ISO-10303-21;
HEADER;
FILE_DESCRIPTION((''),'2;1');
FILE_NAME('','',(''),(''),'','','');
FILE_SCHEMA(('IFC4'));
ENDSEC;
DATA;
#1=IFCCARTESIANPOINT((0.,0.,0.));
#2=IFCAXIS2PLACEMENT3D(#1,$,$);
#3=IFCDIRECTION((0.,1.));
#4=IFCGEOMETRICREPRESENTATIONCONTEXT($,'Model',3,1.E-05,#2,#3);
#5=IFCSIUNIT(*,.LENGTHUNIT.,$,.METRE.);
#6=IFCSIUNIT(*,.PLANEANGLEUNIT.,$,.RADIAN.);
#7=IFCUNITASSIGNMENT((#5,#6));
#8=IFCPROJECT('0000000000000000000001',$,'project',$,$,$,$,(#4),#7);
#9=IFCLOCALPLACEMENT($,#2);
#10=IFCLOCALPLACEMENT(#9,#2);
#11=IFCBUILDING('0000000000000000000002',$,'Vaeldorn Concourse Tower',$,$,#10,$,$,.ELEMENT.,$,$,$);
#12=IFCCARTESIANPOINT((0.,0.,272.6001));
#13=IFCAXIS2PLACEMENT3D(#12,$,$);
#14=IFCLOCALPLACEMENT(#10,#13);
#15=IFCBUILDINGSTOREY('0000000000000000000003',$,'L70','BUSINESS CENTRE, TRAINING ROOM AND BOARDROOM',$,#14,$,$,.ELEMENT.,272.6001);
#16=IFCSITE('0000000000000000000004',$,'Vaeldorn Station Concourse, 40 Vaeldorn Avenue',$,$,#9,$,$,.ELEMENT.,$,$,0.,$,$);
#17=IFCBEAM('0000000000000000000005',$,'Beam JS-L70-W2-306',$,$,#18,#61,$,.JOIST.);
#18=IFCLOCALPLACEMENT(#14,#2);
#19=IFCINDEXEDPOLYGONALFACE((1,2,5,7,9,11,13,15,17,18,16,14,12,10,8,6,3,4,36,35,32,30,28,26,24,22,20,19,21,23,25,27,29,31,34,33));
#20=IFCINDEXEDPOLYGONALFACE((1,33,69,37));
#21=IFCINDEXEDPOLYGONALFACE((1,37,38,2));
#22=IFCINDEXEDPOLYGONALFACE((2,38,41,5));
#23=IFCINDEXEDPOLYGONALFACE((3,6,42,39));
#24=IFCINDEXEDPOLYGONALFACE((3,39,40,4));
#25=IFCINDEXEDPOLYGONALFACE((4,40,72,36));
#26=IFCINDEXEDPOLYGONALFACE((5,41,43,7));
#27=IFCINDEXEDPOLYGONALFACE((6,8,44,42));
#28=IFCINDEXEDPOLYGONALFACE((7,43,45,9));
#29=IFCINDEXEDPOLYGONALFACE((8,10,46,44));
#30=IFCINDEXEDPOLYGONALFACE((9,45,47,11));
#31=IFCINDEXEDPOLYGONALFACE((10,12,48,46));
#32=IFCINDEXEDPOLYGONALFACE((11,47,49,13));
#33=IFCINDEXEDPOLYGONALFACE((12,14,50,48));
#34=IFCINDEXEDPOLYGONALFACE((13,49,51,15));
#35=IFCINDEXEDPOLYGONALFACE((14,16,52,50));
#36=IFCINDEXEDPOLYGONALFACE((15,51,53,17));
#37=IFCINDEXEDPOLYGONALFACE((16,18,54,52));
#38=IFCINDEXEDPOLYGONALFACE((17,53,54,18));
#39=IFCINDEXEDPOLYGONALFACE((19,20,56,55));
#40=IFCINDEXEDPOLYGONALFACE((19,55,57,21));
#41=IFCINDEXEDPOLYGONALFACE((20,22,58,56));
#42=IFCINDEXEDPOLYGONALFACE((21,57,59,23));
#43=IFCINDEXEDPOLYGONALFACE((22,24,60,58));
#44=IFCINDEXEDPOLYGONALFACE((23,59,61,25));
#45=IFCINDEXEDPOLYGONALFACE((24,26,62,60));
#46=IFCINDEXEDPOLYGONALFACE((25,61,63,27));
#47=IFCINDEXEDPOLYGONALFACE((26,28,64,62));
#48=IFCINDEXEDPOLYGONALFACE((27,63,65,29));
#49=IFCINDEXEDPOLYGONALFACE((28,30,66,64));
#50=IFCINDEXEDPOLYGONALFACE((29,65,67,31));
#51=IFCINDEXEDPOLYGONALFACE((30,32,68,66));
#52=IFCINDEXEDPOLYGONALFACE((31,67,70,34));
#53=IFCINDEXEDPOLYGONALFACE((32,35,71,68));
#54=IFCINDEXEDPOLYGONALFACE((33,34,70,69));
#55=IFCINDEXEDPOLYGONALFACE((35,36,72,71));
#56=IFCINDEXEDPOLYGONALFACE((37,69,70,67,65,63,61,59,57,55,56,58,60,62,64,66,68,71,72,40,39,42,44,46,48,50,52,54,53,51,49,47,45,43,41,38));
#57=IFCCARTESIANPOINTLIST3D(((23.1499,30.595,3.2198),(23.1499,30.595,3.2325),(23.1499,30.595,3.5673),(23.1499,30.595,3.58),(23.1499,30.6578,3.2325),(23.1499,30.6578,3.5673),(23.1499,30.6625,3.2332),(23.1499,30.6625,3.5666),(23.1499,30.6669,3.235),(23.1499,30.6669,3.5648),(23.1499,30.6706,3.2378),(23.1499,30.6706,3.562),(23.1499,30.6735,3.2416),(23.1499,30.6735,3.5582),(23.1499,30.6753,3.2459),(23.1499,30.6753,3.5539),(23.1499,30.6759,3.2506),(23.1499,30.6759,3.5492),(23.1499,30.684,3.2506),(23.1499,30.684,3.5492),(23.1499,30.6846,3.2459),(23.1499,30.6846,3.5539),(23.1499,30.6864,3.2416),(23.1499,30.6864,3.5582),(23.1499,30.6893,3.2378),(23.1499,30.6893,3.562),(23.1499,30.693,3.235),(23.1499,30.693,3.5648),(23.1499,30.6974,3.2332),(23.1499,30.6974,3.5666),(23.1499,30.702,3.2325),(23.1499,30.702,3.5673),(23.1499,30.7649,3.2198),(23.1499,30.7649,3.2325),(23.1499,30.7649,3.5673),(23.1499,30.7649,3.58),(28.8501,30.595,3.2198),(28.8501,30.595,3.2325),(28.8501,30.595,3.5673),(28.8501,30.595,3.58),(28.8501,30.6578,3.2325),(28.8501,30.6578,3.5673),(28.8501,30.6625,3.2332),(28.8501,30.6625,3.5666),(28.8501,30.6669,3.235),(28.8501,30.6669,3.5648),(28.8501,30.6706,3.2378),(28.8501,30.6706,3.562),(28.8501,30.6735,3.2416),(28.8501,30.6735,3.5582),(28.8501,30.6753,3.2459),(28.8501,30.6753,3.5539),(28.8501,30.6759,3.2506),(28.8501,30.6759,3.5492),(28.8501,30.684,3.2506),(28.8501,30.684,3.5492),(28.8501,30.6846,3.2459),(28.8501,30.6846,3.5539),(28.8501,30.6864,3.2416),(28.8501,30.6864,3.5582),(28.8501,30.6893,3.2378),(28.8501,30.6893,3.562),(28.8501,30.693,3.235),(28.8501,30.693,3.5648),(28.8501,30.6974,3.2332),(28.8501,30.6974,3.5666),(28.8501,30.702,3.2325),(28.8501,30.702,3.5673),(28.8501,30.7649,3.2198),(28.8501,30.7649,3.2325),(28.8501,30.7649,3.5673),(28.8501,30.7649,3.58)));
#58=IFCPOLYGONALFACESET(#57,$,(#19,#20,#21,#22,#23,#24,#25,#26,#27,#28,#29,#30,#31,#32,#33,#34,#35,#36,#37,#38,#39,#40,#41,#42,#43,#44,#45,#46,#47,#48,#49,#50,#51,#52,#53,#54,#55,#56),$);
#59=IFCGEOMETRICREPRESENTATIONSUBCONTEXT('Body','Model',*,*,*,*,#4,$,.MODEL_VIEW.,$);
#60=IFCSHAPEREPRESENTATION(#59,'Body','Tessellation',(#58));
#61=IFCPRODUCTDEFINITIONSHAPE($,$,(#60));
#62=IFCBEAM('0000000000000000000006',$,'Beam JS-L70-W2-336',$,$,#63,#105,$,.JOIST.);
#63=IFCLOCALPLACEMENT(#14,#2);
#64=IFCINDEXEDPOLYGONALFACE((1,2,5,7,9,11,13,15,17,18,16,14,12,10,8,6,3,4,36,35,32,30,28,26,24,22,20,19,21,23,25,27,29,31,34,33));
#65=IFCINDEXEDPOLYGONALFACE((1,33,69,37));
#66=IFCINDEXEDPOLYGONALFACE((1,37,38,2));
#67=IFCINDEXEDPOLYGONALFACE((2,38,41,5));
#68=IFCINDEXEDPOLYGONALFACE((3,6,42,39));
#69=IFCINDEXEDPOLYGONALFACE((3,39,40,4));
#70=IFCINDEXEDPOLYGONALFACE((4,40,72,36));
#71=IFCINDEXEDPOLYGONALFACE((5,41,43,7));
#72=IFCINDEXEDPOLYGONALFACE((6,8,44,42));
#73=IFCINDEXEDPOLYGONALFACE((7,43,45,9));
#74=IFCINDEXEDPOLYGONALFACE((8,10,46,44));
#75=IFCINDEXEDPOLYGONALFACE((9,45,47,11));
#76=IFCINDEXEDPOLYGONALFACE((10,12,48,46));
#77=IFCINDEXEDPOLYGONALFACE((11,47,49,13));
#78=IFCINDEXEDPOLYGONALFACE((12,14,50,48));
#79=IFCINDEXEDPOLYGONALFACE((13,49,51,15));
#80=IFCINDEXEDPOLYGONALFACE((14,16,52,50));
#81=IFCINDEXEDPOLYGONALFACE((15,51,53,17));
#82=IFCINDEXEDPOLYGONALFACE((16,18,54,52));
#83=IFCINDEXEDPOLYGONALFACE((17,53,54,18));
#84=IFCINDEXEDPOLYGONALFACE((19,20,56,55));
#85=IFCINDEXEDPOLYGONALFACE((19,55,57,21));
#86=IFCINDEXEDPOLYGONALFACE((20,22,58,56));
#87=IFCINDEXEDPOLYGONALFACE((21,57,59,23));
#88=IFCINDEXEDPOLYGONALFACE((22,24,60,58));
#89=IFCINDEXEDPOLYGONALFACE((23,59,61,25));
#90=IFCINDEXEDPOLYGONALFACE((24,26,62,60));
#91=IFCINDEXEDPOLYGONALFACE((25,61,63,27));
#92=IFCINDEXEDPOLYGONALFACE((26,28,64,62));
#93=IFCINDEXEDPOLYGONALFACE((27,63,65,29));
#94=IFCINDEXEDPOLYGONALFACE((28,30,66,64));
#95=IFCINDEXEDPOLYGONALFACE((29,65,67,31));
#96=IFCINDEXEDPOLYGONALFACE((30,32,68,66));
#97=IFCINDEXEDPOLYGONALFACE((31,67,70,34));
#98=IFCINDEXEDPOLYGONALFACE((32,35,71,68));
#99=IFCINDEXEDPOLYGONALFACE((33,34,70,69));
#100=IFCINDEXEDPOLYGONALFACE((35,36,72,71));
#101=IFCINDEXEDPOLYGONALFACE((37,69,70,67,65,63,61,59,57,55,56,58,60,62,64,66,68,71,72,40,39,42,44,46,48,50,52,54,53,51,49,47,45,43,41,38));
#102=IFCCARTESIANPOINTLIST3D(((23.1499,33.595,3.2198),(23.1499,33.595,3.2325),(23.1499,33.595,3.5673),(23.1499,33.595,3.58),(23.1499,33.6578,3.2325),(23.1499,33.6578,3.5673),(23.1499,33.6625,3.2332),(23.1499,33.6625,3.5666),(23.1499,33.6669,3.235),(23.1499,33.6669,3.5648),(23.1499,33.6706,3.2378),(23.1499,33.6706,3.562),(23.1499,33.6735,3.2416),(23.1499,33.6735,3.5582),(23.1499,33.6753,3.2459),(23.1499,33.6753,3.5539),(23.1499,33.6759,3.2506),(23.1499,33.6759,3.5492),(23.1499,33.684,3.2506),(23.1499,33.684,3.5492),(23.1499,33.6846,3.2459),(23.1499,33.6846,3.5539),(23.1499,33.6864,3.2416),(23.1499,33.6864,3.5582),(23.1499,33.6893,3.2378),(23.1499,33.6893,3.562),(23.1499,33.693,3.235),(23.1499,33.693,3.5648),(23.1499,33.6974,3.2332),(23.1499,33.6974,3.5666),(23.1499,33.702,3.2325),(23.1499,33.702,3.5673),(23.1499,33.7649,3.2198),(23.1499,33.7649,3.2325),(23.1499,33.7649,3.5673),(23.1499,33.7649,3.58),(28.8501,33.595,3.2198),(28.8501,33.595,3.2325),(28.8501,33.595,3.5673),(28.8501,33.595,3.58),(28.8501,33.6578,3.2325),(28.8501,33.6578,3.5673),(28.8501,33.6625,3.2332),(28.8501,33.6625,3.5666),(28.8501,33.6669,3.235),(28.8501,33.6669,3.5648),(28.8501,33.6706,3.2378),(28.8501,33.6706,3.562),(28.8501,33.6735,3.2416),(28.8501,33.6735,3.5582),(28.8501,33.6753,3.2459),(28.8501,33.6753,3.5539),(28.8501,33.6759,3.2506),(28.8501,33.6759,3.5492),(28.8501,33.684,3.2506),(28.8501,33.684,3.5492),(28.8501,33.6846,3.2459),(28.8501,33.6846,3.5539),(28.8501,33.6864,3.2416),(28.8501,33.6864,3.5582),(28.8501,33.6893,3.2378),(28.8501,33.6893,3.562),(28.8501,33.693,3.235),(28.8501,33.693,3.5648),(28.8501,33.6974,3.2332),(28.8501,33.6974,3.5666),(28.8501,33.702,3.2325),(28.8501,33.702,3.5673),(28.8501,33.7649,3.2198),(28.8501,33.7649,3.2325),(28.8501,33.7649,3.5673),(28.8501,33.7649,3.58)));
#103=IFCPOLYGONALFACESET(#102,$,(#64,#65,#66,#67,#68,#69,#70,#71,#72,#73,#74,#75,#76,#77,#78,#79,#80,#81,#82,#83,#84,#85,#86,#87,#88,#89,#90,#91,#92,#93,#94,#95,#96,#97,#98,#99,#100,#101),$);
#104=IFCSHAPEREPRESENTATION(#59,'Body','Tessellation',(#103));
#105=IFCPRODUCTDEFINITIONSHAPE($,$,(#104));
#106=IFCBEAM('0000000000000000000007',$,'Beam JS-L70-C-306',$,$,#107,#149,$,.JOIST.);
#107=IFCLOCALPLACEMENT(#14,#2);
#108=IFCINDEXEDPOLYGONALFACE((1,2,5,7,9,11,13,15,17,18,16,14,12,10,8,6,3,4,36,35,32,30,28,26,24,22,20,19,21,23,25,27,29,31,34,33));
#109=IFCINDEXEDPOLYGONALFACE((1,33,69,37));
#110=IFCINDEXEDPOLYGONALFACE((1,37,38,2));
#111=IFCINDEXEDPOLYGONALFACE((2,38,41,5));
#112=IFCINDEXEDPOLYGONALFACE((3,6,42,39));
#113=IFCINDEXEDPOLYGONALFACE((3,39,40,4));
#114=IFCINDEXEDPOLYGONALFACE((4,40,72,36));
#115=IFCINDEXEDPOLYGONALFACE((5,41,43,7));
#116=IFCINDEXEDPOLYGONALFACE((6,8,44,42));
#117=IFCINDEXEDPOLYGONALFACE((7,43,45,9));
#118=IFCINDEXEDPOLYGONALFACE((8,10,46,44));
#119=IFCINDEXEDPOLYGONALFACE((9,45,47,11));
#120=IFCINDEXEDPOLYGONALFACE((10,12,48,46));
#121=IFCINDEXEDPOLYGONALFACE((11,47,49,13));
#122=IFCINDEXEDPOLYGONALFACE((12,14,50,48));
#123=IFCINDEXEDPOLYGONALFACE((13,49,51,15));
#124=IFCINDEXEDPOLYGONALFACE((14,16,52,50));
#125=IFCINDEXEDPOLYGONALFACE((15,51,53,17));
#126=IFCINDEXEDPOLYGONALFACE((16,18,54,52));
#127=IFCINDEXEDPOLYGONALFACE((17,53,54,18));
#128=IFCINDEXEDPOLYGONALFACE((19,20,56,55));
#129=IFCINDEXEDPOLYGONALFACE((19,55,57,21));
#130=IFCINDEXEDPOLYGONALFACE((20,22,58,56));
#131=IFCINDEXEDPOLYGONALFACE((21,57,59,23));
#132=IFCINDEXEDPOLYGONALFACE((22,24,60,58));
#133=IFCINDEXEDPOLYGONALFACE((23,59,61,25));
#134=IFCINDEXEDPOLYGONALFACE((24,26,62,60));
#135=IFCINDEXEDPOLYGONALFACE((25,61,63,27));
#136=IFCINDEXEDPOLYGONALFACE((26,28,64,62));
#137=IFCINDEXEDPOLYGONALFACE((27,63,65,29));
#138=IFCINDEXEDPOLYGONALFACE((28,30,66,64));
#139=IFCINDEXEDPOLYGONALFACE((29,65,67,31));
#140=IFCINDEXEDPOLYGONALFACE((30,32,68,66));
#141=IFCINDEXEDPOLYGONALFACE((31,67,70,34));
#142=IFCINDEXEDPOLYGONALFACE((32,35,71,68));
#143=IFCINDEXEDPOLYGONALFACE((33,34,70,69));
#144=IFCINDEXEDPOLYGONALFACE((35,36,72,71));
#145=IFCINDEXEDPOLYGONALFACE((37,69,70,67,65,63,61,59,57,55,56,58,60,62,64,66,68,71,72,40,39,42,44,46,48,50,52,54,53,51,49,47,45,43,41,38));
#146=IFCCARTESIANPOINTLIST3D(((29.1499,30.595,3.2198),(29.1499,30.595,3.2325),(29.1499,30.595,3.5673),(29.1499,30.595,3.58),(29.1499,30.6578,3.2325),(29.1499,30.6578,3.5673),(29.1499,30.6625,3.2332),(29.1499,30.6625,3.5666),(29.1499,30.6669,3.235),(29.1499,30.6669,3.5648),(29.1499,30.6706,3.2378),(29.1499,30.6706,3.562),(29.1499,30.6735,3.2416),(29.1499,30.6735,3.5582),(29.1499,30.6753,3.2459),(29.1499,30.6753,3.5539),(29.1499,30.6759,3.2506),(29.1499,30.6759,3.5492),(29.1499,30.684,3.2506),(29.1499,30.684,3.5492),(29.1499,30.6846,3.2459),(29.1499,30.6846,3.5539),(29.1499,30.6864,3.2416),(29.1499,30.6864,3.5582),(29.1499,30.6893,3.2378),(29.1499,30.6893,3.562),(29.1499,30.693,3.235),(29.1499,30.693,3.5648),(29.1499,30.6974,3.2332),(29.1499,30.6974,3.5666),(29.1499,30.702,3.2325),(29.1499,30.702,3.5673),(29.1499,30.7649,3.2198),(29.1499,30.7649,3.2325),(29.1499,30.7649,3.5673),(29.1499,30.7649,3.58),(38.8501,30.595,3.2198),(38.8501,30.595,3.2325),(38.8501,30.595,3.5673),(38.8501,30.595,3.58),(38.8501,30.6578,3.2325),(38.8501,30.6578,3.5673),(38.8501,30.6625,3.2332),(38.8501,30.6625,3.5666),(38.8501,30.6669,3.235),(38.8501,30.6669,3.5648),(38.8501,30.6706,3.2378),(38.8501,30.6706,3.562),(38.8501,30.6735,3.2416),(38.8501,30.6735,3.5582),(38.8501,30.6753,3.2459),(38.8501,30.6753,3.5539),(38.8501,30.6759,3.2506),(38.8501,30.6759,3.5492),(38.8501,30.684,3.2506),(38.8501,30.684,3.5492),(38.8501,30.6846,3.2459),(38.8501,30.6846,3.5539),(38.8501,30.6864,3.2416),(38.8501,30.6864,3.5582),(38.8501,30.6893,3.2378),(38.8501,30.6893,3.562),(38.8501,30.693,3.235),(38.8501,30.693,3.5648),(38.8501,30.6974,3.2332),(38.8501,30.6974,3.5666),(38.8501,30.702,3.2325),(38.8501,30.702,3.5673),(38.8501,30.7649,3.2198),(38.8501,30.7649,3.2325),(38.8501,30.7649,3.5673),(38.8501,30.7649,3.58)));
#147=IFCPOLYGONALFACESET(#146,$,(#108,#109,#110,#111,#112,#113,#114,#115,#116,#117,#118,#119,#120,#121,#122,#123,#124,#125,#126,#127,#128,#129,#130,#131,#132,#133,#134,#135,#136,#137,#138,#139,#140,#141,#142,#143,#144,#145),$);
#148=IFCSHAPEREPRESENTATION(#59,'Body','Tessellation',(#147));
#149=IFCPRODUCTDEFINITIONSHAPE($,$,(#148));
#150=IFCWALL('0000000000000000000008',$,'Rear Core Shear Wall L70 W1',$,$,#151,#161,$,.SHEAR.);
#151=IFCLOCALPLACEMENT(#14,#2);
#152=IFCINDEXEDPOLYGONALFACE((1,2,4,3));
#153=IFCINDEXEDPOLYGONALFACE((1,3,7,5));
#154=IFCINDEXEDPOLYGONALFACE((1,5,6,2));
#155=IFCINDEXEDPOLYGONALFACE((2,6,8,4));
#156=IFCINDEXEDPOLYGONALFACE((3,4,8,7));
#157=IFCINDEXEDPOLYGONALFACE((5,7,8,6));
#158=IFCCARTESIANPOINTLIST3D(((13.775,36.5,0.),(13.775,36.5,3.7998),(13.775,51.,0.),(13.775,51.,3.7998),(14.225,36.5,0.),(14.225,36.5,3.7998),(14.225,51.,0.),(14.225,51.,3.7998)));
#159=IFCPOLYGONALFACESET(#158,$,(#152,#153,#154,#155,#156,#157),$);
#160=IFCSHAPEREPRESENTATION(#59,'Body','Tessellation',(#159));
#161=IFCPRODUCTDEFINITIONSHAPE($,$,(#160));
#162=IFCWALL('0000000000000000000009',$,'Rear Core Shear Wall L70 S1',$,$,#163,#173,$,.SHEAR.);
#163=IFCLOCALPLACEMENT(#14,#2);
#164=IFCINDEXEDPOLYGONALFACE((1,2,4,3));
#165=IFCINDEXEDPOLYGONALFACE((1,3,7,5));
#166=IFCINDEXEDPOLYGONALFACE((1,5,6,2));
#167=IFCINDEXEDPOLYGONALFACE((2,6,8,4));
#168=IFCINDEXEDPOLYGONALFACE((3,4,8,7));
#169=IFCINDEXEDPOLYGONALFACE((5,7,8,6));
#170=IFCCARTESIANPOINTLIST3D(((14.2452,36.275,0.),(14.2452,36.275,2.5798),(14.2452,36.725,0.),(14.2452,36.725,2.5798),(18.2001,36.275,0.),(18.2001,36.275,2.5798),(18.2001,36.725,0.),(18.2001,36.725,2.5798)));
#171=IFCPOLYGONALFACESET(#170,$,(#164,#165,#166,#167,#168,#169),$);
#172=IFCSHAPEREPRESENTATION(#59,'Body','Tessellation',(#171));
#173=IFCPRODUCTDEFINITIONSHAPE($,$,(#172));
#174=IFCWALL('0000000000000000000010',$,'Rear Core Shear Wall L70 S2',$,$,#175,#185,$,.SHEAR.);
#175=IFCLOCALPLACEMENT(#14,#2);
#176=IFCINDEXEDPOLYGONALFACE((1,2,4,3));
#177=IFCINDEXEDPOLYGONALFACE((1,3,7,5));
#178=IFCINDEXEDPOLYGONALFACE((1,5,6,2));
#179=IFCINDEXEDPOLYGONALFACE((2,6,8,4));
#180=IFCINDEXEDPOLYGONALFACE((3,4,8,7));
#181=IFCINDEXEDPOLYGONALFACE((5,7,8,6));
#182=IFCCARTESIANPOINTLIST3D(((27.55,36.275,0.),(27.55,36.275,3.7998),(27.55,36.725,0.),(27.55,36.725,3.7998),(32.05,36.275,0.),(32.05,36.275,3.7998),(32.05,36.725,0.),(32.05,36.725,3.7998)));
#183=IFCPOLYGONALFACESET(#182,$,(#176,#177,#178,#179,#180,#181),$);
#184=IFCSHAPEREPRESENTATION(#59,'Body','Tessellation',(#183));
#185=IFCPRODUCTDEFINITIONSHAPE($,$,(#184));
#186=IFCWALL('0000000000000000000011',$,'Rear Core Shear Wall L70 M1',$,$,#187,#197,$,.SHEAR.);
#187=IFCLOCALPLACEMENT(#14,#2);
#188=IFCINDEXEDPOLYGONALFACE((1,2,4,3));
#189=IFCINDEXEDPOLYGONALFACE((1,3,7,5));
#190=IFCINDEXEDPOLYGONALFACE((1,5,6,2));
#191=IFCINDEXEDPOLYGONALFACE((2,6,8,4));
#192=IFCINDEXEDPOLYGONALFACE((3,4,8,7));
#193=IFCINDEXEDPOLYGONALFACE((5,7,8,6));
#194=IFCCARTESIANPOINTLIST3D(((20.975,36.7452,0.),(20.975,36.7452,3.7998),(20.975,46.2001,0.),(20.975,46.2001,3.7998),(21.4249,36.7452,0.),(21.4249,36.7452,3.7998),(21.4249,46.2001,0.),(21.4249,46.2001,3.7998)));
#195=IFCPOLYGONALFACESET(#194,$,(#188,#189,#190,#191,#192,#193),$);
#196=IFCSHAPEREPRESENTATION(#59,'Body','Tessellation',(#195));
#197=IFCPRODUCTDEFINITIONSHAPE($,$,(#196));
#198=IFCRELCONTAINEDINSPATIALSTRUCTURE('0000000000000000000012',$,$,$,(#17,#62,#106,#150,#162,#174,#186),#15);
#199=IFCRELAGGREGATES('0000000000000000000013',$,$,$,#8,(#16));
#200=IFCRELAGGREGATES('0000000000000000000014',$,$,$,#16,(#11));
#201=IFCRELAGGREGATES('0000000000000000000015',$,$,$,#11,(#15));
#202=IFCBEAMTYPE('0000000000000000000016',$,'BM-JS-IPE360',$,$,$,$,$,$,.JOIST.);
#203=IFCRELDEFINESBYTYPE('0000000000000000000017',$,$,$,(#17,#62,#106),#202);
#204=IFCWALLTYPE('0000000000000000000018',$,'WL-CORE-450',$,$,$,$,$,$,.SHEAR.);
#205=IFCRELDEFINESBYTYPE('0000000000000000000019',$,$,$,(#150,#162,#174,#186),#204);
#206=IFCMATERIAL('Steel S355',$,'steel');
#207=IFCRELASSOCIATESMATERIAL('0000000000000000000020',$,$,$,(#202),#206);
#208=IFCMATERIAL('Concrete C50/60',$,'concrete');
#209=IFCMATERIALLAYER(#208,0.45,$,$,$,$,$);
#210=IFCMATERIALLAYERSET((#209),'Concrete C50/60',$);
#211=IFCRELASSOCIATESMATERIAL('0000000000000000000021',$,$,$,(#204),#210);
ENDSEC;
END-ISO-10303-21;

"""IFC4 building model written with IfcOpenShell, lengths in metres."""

from ifc_helpers import new_model, si_unit, direction, frame, frame_2d, origin, origin_2d, place, context, subcontext, project, spatial, rectangle, i_section, extrude, source, transform, mapped, material, layer, layer_set, material_profile, profile_set, type_object, element, save


model = new_model("IFC4")

# Units and contexts
model_context = context("Model", 3, precision=1e-05, world=origin(), true_north=direction((0.0, 1.0)))
body_context = subcontext(model_context, "Body", "Model", "MODEL_VIEW")
ifc_project = project(units=[si_unit("LENGTHUNIT", "METRE"), si_unit("PLANEANGLEUNIT", "RADIAN")], contexts=[model_context])

# Site, building, storey
site_placement = place(None, origin())
site = spatial("IfcSite", under=ifc_project, at=site_placement, Name="Vaeldorn Station Concourse, 40 Vaeldorn Avenue", CompositionType="ELEMENT", RefElevation=0.0)
building_placement = place(site_placement, origin())
building = spatial("IfcBuilding", under=site, at=building_placement, Name="Vaeldorn Concourse Tower", CompositionType="ELEMENT")
storey_placement = place(building_placement, frame((0.0, 0.0, 272.6001)))
storey = spatial("IfcBuildingStorey", under=building, at=storey_placement, Name="L70", Description="BUSINESS CENTRE, TRAINING ROOM AND BOARDROOM", CompositionType="ELEMENT", Elevation=272.6001)

# Shared definitions
ifc_material_1 = material(Name="Steel S355", Category="steel")

# Beams
ifc_material_2 = material(Name="Concrete C50/60", Category="concrete")
ifc_material_profile_1 = material_profile(ifc_material_1, i_section(OverallWidth=0.1699, OverallDepth=0.3601, WebThickness=0.0081, FlangeThickness=0.0127, FilletRadius=0.0181, at=origin_2d()), Name="IPE 360")
ifc_profile_set_1 = profile_set([ifc_material_profile_1], Name="Steel S355")
beam_type_1 = type_object("IfcBeamType", Name="BM-JS-IPE360", PredefinedType="JOIST", material=ifc_profile_set_1)
shared_shape_1 = source(origin(), body_context, "Body", "SweptSolid", [
    extrude(i_section(OverallWidth=0.1699, OverallDepth=0.3601, WebThickness=0.0081, FlangeThickness=0.0127, FilletRadius=0.0181, at=origin_2d()), origin(), (0.0, 0.0, 1.0), 5.7002),
])
for number, where, z_axis, x_axis, name in (
    (1, (23.1499, 30.6799, 3.3999), (1.0, 0.0, 0.0), (0.0, 1.0, 0.0), "Beam JS-L70-W2-306"),
    (2, (23.1499, 33.6799, 3.3999), (1.0, 0.0, 0.0), (0.0, 1.0, 0.0), "Beam JS-L70-W2-336"),
):
    element("IfcBeam", number, at=place(storey_placement, frame(where, z_axis=z_axis, x_axis=x_axis)), inside=storey, type_object=beam_type_1, Name=name, PredefinedType="JOIST", context=body_context, shape_type="MappedRepresentation", body=[
        mapped(shared_shape_1, transform((0.0, 0.0, 0.0), scale=1.0)),
    ])
shared_shape_2 = source(origin(), body_context, "Body", "SweptSolid", [
    extrude(i_section(OverallWidth=0.1699, OverallDepth=0.3601, WebThickness=0.0081, FlangeThickness=0.0127, FilletRadius=0.0181, at=origin_2d()), origin(), (0.0, 0.0, 1.0), 9.7002),
])
beam_1_placement = place(storey_placement, frame((29.1499, 30.6799, 3.3999), z_axis=(1.0, 0.0, 0.0), x_axis=(0.0, 1.0, 0.0)))
element("IfcBeam", 3, at=beam_1_placement, inside=storey, type_object=beam_type_1, Name="Beam JS-L70-C-306", PredefinedType="JOIST", context=body_context, shape_type="MappedRepresentation", body=[
    mapped(shared_shape_2, transform((0.0, 0.0, 0.0), scale=1.0)),
])

# Walls
ifc_layer_1 = layer(ifc_material_2, 0.45)
ifc_layer_set_1 = layer_set([ifc_layer_1], Name="Concrete C50/60")
wall_type_1 = type_object("IfcWallType", Name="WL-CORE-450", PredefinedType="SHEAR", material=ifc_layer_set_1)
wall_1_placement = place(storey_placement, frame((14.0, 36.5, 0.0), z_axis=(0.0, 0.0, 1.0), x_axis=(0.0, 1.0, 0.0)))
element("IfcWall", 4, at=wall_1_placement, inside=storey, type_object=wall_type_1, Name="Rear Core Shear Wall L70 W1", PredefinedType="SHEAR", context=body_context, shape_type="SweptSolid", body=[
    extrude(rectangle(XDim=14.5, YDim=0.45, at=frame_2d((7.25, 0.0))), origin(), (0.0, 0.0, 1.0), 3.7998),
])
wall_2_placement = place(storey_placement, frame((14.2451, 36.5, 0.0), z_axis=(0.0, 0.0, 1.0), x_axis=(1.0, 0.0, 0.0)))
element("IfcWall", 5, at=wall_2_placement, inside=storey, type_object=wall_type_1, Name="Rear Core Shear Wall L70 S1", PredefinedType="SHEAR", context=body_context, shape_type="SweptSolid", body=[
    extrude(rectangle(XDim=3.9548, YDim=0.45, at=frame_2d((1.9775, 0.0))), origin(), (0.0, 0.0, 1.0), 2.5798),
])
wall_3_placement = place(storey_placement, frame((27.55, 36.5, 0.0), z_axis=(0.0, 0.0, 1.0), x_axis=(1.0, 0.0, 0.0)))
element("IfcWall", 6, at=wall_3_placement, inside=storey, type_object=wall_type_1, Name="Rear Core Shear Wall L70 S2", PredefinedType="SHEAR", context=body_context, shape_type="SweptSolid", body=[
    extrude(rectangle(XDim=4.5, YDim=0.45, at=frame_2d((2.25, 0.0))), origin(), (0.0, 0.0, 1.0), 3.7998),
])
wall_4_placement = place(storey_placement, frame((21.2, 36.7451, 0.0), z_axis=(0.0, 0.0, 1.0), x_axis=(0.0, 1.0, 0.0)))
element("IfcWall", 7, at=wall_4_placement, inside=storey, type_object=wall_type_1, Name="Rear Core Shear Wall L70 M1", PredefinedType="SHEAR", context=body_context, shape_type="SweptSolid", body=[
    extrude(rectangle(XDim=9.4548, YDim=0.45, at=frame_2d((4.7275, 0.0))), origin(), (0.0, 0.0, 1.0), 3.7998),
])

save(model, "model.ifc")
